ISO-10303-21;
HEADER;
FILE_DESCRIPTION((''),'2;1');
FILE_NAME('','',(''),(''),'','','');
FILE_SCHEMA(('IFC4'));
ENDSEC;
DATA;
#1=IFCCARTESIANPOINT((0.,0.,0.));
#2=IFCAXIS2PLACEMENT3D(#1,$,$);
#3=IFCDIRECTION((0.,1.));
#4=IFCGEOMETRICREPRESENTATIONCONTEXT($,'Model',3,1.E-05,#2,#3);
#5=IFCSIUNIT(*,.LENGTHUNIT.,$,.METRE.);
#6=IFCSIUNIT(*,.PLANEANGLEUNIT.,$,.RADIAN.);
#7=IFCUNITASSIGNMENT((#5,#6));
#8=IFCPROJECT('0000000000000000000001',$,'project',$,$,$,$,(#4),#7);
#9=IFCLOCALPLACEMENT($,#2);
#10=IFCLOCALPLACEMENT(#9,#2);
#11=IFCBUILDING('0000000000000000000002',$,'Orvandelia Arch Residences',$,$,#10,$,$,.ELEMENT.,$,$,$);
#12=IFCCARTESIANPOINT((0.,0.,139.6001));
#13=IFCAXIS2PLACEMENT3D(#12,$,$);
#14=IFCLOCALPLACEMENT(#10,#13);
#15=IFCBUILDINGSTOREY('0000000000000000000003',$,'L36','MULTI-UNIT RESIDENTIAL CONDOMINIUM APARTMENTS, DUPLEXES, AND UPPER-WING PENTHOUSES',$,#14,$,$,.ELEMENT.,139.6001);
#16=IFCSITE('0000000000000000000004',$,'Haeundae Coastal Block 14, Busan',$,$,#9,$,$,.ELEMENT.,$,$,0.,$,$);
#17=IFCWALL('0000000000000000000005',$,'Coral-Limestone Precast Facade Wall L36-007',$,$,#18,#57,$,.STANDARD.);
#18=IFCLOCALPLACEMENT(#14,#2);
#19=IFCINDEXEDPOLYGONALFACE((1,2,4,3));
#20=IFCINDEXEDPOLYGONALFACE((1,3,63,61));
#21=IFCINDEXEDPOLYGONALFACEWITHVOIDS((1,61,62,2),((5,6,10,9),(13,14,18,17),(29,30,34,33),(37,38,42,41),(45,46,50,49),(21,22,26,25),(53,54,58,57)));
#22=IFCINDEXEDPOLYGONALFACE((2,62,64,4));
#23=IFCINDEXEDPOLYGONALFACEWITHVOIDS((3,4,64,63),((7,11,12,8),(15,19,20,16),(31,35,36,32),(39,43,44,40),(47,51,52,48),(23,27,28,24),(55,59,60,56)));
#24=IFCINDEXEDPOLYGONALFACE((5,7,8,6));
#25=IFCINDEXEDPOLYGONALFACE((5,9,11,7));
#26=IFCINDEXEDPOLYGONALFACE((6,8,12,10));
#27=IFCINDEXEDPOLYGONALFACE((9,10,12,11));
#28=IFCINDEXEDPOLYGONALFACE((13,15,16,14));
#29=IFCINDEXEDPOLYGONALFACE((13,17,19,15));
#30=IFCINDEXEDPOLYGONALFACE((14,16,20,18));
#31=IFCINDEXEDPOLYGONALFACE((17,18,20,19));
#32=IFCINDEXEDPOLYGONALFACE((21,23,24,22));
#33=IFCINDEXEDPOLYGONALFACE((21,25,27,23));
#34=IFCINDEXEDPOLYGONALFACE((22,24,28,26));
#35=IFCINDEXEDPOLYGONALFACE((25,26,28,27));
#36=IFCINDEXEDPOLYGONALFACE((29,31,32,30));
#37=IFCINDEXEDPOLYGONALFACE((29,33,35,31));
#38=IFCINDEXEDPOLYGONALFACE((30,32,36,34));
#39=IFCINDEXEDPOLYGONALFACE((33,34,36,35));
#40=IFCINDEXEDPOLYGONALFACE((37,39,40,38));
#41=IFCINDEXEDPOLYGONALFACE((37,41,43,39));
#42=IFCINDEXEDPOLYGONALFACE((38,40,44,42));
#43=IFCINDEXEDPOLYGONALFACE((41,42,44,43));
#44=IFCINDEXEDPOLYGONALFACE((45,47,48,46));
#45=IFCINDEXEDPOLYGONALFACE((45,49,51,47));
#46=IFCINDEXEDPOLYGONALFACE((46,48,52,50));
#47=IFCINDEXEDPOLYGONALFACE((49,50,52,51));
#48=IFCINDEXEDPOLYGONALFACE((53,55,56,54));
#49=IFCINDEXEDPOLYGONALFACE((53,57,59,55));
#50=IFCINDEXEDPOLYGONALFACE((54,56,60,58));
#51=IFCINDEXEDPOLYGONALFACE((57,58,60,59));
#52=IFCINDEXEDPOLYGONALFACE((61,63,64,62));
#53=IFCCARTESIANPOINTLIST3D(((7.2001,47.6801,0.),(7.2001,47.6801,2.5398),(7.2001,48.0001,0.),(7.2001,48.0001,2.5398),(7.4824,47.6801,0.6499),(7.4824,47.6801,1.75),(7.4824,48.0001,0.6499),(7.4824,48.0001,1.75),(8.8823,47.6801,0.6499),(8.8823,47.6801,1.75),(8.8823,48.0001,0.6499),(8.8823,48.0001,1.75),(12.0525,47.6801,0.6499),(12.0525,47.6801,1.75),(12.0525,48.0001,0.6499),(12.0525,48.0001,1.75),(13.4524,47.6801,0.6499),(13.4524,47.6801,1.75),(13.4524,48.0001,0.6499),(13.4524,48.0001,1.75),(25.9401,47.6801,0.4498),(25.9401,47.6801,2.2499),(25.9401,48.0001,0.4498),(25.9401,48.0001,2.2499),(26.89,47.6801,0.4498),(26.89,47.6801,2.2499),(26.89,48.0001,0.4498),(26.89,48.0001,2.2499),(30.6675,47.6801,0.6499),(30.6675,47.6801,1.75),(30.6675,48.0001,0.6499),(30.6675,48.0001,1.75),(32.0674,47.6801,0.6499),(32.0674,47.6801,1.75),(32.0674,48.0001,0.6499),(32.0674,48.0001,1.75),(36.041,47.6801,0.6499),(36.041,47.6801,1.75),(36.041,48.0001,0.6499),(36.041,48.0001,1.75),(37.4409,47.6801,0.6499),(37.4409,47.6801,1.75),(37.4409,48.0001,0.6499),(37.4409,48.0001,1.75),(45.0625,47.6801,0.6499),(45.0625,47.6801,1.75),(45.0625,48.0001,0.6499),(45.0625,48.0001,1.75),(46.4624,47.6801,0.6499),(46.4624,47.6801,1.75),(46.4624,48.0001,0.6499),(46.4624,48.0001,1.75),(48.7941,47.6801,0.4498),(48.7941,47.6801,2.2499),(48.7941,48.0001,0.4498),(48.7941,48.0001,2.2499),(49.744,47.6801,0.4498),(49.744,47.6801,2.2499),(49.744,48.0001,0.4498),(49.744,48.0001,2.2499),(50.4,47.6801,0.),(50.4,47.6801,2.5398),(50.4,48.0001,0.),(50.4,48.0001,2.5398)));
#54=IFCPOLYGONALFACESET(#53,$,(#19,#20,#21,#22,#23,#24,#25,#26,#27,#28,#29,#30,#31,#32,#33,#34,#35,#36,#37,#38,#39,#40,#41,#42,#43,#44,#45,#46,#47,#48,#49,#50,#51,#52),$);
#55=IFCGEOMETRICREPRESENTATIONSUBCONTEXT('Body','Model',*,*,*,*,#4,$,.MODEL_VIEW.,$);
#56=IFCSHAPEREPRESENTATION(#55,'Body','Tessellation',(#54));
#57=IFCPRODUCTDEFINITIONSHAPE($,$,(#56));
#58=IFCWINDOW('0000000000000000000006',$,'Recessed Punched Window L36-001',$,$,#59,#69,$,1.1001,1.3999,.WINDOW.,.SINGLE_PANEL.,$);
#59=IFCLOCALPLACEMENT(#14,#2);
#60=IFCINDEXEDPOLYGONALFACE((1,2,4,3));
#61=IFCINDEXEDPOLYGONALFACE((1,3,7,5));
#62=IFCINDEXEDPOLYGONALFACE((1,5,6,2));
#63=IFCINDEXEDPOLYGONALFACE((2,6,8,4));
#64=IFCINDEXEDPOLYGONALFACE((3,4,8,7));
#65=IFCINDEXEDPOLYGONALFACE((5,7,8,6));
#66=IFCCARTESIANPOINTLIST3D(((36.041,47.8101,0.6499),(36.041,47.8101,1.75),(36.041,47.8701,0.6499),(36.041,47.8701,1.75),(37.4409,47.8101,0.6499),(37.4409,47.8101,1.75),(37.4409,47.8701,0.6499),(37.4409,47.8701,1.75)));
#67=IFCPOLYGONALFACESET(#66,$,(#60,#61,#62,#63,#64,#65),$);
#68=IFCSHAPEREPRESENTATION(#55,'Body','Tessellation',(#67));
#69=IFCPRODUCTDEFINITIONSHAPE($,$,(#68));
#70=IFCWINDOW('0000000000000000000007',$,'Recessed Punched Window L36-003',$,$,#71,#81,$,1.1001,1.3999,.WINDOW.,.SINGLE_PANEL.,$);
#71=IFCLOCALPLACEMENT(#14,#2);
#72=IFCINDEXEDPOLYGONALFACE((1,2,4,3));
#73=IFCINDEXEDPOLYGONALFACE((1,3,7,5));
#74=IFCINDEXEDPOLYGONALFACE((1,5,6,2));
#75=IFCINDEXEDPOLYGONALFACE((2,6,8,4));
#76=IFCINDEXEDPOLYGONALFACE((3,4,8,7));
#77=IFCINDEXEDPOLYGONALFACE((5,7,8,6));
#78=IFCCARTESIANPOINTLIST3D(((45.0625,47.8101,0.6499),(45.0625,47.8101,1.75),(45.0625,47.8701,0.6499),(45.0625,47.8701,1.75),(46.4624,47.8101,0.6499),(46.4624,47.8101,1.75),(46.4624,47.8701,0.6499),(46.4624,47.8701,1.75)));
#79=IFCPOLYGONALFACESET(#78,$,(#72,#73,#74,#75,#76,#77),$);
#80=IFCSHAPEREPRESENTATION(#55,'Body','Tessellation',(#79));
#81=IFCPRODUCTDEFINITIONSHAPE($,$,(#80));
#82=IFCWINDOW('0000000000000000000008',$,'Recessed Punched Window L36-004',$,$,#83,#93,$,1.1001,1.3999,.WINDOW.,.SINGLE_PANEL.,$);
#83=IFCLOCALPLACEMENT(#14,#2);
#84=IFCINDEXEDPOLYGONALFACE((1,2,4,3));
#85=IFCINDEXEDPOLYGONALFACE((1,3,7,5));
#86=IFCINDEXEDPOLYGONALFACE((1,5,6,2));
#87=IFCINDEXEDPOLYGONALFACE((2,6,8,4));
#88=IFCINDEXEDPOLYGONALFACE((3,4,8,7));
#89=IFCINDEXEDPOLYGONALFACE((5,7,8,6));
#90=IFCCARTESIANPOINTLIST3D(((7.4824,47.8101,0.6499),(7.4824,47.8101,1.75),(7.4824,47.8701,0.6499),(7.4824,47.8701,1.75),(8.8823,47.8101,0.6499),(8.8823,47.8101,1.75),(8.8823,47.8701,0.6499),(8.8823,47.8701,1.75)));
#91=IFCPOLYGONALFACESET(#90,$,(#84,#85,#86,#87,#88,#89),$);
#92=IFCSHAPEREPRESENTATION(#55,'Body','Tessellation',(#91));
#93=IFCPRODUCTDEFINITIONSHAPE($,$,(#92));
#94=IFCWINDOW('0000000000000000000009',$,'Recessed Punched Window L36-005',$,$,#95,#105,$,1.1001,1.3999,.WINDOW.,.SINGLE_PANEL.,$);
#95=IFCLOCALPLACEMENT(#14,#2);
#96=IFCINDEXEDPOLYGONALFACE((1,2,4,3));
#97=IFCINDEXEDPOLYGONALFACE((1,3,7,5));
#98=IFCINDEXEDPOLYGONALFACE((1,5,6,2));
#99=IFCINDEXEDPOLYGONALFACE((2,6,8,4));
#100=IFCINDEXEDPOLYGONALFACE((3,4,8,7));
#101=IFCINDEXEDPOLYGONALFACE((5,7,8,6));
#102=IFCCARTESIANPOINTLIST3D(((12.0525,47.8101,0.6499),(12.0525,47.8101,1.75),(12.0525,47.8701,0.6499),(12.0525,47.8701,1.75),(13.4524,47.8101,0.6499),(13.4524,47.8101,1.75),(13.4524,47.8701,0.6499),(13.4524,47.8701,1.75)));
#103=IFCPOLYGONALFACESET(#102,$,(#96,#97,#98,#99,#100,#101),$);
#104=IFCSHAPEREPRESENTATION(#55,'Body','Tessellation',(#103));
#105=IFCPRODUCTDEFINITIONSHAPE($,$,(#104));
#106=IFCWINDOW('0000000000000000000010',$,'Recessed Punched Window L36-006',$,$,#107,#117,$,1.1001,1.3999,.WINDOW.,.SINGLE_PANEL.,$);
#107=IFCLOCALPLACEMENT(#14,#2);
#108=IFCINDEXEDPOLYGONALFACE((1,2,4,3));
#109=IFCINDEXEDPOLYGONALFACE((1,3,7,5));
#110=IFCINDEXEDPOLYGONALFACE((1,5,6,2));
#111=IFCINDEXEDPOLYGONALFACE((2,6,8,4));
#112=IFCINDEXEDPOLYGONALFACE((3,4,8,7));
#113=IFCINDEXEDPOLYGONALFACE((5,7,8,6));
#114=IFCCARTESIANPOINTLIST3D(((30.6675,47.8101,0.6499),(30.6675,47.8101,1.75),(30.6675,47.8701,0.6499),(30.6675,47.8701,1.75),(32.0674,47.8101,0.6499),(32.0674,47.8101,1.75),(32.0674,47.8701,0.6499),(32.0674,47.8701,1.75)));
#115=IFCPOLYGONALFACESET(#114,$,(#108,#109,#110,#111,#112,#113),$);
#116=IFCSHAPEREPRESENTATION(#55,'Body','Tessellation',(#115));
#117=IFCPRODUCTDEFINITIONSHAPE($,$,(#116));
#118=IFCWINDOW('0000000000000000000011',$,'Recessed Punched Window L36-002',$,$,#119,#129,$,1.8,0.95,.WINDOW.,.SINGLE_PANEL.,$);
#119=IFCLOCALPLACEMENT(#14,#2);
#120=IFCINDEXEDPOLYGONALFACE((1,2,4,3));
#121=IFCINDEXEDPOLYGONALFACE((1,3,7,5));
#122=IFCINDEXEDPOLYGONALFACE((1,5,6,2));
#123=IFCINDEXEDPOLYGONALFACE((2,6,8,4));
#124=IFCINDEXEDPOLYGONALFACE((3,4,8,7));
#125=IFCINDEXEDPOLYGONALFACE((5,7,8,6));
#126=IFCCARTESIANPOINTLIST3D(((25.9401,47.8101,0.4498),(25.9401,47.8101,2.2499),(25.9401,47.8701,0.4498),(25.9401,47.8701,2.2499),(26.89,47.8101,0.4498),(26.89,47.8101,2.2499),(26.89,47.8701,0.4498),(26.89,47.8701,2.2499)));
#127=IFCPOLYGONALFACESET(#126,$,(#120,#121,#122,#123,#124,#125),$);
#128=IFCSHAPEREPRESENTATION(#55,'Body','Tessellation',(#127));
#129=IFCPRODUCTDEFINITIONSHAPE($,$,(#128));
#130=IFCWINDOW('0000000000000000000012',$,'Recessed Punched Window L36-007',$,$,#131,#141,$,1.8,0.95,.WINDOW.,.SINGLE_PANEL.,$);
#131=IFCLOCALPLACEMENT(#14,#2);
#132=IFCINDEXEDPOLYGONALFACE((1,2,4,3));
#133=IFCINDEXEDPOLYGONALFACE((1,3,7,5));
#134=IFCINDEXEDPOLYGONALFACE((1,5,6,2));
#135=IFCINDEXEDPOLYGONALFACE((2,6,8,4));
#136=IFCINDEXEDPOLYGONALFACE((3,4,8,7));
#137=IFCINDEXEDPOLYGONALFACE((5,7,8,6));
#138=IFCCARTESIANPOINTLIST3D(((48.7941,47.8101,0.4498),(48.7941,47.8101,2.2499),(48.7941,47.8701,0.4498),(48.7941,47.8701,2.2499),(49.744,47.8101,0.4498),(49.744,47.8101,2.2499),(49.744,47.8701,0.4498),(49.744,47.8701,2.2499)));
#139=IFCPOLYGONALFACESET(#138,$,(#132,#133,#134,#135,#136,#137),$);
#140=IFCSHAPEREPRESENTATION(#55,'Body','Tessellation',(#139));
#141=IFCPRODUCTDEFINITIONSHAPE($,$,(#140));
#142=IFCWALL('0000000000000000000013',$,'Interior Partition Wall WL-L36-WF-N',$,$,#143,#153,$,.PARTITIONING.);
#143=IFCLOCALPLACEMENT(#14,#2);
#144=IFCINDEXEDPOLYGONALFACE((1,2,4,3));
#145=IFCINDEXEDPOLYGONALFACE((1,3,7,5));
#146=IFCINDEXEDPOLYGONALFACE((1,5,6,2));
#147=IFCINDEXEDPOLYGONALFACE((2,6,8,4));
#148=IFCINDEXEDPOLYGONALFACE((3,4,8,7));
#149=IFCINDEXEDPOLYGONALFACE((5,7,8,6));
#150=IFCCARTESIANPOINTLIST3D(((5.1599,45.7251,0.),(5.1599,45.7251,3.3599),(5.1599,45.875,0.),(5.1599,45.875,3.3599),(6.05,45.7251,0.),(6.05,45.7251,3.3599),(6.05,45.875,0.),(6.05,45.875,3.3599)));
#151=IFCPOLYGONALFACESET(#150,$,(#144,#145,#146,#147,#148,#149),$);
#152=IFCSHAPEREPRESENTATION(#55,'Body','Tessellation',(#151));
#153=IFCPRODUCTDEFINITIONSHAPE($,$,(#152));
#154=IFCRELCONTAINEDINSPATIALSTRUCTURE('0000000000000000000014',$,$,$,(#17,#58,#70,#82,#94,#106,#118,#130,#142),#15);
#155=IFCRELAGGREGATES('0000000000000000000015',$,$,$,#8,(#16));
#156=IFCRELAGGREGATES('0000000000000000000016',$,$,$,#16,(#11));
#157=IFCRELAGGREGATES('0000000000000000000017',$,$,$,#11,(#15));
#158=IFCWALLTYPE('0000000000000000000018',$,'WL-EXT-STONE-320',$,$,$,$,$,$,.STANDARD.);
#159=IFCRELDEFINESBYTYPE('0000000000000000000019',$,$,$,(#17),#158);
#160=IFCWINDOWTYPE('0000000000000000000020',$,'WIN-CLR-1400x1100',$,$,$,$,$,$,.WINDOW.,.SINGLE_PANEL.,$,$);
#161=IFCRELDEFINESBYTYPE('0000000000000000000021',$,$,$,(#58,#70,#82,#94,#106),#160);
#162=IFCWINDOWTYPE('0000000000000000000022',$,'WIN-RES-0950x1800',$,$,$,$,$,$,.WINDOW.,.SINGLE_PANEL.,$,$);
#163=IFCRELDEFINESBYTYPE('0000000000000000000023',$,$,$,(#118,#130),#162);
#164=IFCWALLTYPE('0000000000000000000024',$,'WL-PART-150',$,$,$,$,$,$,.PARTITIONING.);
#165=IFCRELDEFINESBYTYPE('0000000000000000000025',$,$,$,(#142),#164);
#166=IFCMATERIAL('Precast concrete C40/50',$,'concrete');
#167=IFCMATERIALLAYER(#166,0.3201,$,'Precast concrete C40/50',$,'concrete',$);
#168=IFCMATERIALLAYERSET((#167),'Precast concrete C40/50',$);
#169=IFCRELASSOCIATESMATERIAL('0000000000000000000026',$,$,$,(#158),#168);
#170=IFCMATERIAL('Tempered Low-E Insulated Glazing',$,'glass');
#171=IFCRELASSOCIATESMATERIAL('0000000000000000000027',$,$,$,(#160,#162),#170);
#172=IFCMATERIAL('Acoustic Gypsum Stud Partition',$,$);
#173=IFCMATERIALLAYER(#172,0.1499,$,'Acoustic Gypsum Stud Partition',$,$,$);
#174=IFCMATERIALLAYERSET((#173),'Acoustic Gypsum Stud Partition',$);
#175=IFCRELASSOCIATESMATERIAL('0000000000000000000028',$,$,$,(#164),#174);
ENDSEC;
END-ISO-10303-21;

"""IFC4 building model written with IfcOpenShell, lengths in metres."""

from ifc_helpers import new_model, si_unit, direction, frame, frame_2d, origin, place, context, subcontext, project, spatial, rectangle, extrude, material, layer, layer_set, type_object, element, fill, save


model = new_model("IFC4")

# Units and contexts
model_context = context("Model", 3, precision=1e-05, world=origin(), true_north=direction((0.0, 1.0)))
body_context = subcontext(model_context, "Body", "Model", "MODEL_VIEW")
ifc_project = project(units=[si_unit("LENGTHUNIT", "METRE"), si_unit("PLANEANGLEUNIT", "RADIAN")], contexts=[model_context])

# Site, building, storey
site_placement = place(None, origin())
site = spatial("IfcSite", under=ifc_project, at=site_placement, Name="Haeundae Coastal Block 14, Busan", CompositionType="ELEMENT", RefElevation=0.0)
building_placement = place(site_placement, origin())
building = spatial("IfcBuilding", under=site, at=building_placement, Name="Orvandelia Arch Residences", CompositionType="ELEMENT")
storey_placement = place(building_placement, frame((0.0, 0.0, 139.6001)))
storey = spatial("IfcBuildingStorey", under=building, at=storey_placement, Name="L36", Description="MULTI-UNIT RESIDENTIAL CONDOMINIUM APARTMENTS, DUPLEXES, AND UPPER-WING PENTHOUSES", CompositionType="ELEMENT", Elevation=139.6001)

# Shared definitions
ifc_material_1 = material(Name="Precast concrete C40/50", Category="concrete")
ifc_layer_1 = layer(ifc_material_1, 0.3201, Name="Precast concrete C40/50", Category="concrete")
ifc_layer_set_1 = layer_set([ifc_layer_1], Name="Precast concrete C40/50")
wall_type_1 = type_object("IfcWallType", Name="WL-EXT-STONE-320", PredefinedType="STANDARD", material=ifc_layer_set_1)

# Wall, openings, windows
wall_1_placement = place(storey_placement, frame((7.2, 47.8401, 0.0), z_axis=(0.0, 0.0, 1.0), x_axis=(1.0, 0.0, 0.0)))
wall_1 = element("IfcWall", 1, at=wall_1_placement, inside=storey, type_object=wall_type_1, Name="Coral-Limestone Precast Facade Wall L36-007", PredefinedType="STANDARD", context=body_context, shape_type="SweptSolid", body=[
    extrude(rectangle(XDim=43.2, YDim=0.3201, at=frame_2d((21.6001, 0.0))), origin(), (0.0, 0.0, 1.0), 2.5398),
])
opening_1_placement = place(wall_1_placement, frame((28.8411, 0.0, 0.6499)))
opening_1 = element("IfcOpeningElement", 2, at=opening_1_placement, cuts=wall_1, PredefinedType="OPENING", context=body_context, shape_type="SweptSolid", body=[
    extrude(rectangle(XDim=1.3999, YDim=1.1001, at=frame_2d((0.7, 0.55))), frame((0.0, 0.1699, 0.0), z_axis=(0.0, -1.0, 0.0), x_axis=(1.0, 0.0, 0.0)), (0.0, 0.0, 1.0), 0.3401),
])
opening_2_placement = place(wall_1_placement, frame((18.74, 0.0, 0.45)))
opening_2 = element("IfcOpeningElement", 3, at=opening_2_placement, cuts=wall_1, PredefinedType="OPENING", context=body_context, shape_type="SweptSolid", body=[
    extrude(rectangle(XDim=0.95, YDim=1.8, at=frame_2d((0.4751, 0.8999))), frame((0.0, 0.1699, 0.0), z_axis=(0.0, -1.0, 0.0), x_axis=(1.0, 0.0, 0.0)), (0.0, 0.0, 1.0), 0.3401),
])
opening_3_placement = place(wall_1_placement, frame((37.8625, 0.0, 0.6499)))
opening_3 = element("IfcOpeningElement", 4, at=opening_3_placement, cuts=wall_1, PredefinedType="OPENING", context=body_context, shape_type="SweptSolid", body=[
    extrude(rectangle(XDim=1.3999, YDim=1.1001, at=frame_2d((0.7, 0.55))), frame((0.0, 0.1699, 0.0), z_axis=(0.0, -1.0, 0.0), x_axis=(1.0, 0.0, 0.0)), (0.0, 0.0, 1.0), 0.3401),
])
opening_4_placement = place(wall_1_placement, frame((0.2825, 0.0, 0.6499)))
opening_4 = element("IfcOpeningElement", 5, at=opening_4_placement, cuts=wall_1, PredefinedType="OPENING", context=body_context, shape_type="SweptSolid", body=[
    extrude(rectangle(XDim=1.3999, YDim=1.1001, at=frame_2d((0.7, 0.55))), frame((0.0, 0.1699, 0.0), z_axis=(0.0, -1.0, 0.0), x_axis=(1.0, 0.0, 0.0)), (0.0, 0.0, 1.0), 0.3401),
])
opening_5_placement = place(wall_1_placement, frame((4.8525, 0.0, 0.6499)))
opening_5 = element("IfcOpeningElement", 6, at=opening_5_placement, cuts=wall_1, PredefinedType="OPENING", context=body_context, shape_type="SweptSolid", body=[
    extrude(rectangle(XDim=1.3999, YDim=1.1001, at=frame_2d((0.7, 0.55))), frame((0.0, 0.1699, 0.0), z_axis=(0.0, -1.0, 0.0), x_axis=(1.0, 0.0, 0.0)), (0.0, 0.0, 1.0), 0.3401),
])
opening_6_placement = place(wall_1_placement, frame((23.4675, 0.0, 0.6499)))
opening_6 = element("IfcOpeningElement", 7, at=opening_6_placement, cuts=wall_1, PredefinedType="OPENING", context=body_context, shape_type="SweptSolid", body=[
    extrude(rectangle(XDim=1.3999, YDim=1.1001, at=frame_2d((0.7, 0.55))), frame((0.0, 0.1699, 0.0), z_axis=(0.0, -1.0, 0.0), x_axis=(1.0, 0.0, 0.0)), (0.0, 0.0, 1.0), 0.3401),
])
opening_7_placement = place(wall_1_placement, frame((41.594, 0.0, 0.45)))
opening_7 = element("IfcOpeningElement", 8, at=opening_7_placement, cuts=wall_1, PredefinedType="OPENING", context=body_context, shape_type="SweptSolid", body=[
    extrude(rectangle(XDim=0.95, YDim=1.8, at=frame_2d((0.4751, 0.8999))), frame((0.0, 0.1699, 0.0), z_axis=(0.0, -1.0, 0.0), x_axis=(1.0, 0.0, 0.0)), (0.0, 0.0, 1.0), 0.3401),
])
ifc_material_2 = material(Name="Tempered Low-E Insulated Glazing", Category="glass")
window_type_1 = type_object("IfcWindowType", Name="WIN-CLR-1400x1100", PartitioningType="SINGLE_PANEL", PredefinedType="WINDOW", material=ifc_material_2)
window_1_placement = place(opening_1_placement, origin())
window_1 = element("IfcWindow", 9, at=window_1_placement, inside=storey, type_object=window_type_1, Name="Recessed Punched Window L36-001", OverallHeight=1.1001, OverallWidth=1.3999, PartitioningType="SINGLE_PANEL", PredefinedType="WINDOW", context=body_context, shape_type="SweptSolid", body=[
    extrude(rectangle(XDim=1.3999, YDim=1.1001, at=frame_2d((0.7, 0.55))), frame((0.0, 0.03, 0.0), z_axis=(0.0, -1.0, 0.0), x_axis=(1.0, 0.0, 0.0)), (0.0, 0.0, 1.0), 0.0601),
])
fill(opening_1, window_1)
window_2_placement = place(opening_3_placement, origin())
window_2 = element("IfcWindow", 10, at=window_2_placement, inside=storey, type_object=window_type_1, Name="Recessed Punched Window L36-003", OverallHeight=1.1001, OverallWidth=1.3999, PartitioningType="SINGLE_PANEL", PredefinedType="WINDOW", context=body_context, shape_type="SweptSolid", body=[
    extrude(rectangle(XDim=1.3999, YDim=1.1001, at=frame_2d((0.7, 0.55))), frame((0.0, 0.03, 0.0), z_axis=(0.0, -1.0, 0.0), x_axis=(1.0, 0.0, 0.0)), (0.0, 0.0, 1.0), 0.0601),
])
fill(opening_3, window_2)
window_3_placement = place(opening_4_placement, origin())
window_3 = element("IfcWindow", 11, at=window_3_placement, inside=storey, type_object=window_type_1, Name="Recessed Punched Window L36-004", OverallHeight=1.1001, OverallWidth=1.3999, PartitioningType="SINGLE_PANEL", PredefinedType="WINDOW", context=body_context, shape_type="SweptSolid", body=[
    extrude(rectangle(XDim=1.3999, YDim=1.1001, at=frame_2d((0.7, 0.55))), frame((0.0, 0.03, 0.0), z_axis=(0.0, -1.0, 0.0), x_axis=(1.0, 0.0, 0.0)), (0.0, 0.0, 1.0), 0.0601),
])
fill(opening_4, window_3)
window_4_placement = place(opening_5_placement, origin())
window_4 = element("IfcWindow", 12, at=window_4_placement, inside=storey, type_object=window_type_1, Name="Recessed Punched Window L36-005", OverallHeight=1.1001, OverallWidth=1.3999, PartitioningType="SINGLE_PANEL", PredefinedType="WINDOW", context=body_context, shape_type="SweptSolid", body=[
    extrude(rectangle(XDim=1.3999, YDim=1.1001, at=frame_2d((0.7, 0.55))), frame((0.0, 0.03, 0.0), z_axis=(0.0, -1.0, 0.0), x_axis=(1.0, 0.0, 0.0)), (0.0, 0.0, 1.0), 0.0601),
])
fill(opening_5, window_4)
window_5_placement = place(opening_6_placement, origin())
window_5 = element("IfcWindow", 13, at=window_5_placement, inside=storey, type_object=window_type_1, Name="Recessed Punched Window L36-006", OverallHeight=1.1001, OverallWidth=1.3999, PartitioningType="SINGLE_PANEL", PredefinedType="WINDOW", context=body_context, shape_type="SweptSolid", body=[
    extrude(rectangle(XDim=1.3999, YDim=1.1001, at=frame_2d((0.7, 0.55))), frame((0.0, 0.03, 0.0), z_axis=(0.0, -1.0, 0.0), x_axis=(1.0, 0.0, 0.0)), (0.0, 0.0, 1.0), 0.0601),
])
fill(opening_6, window_5)
window_type_2 = type_object("IfcWindowType", Name="WIN-RES-0950x1800", PartitioningType="SINGLE_PANEL", PredefinedType="WINDOW", material=ifc_material_2)
window_6_placement = place(opening_2_placement, origin())
window_6 = element("IfcWindow", 14, at=window_6_placement, inside=storey, type_object=window_type_2, Name="Recessed Punched Window L36-002", OverallHeight=1.8, OverallWidth=0.95, PartitioningType="SINGLE_PANEL", PredefinedType="WINDOW", context=body_context, shape_type="SweptSolid", body=[
    extrude(rectangle(XDim=0.95, YDim=1.8, at=frame_2d((0.4751, 0.8999))), frame((0.0, 0.03, 0.0), z_axis=(0.0, -1.0, 0.0), x_axis=(1.0, 0.0, 0.0)), (0.0, 0.0, 1.0), 0.0601),
])
fill(opening_2, window_6)
window_7_placement = place(opening_7_placement, origin())
window_7 = element("IfcWindow", 15, at=window_7_placement, inside=storey, type_object=window_type_2, Name="Recessed Punched Window L36-007", OverallHeight=1.8, OverallWidth=0.95, PartitioningType="SINGLE_PANEL", PredefinedType="WINDOW", context=body_context, shape_type="SweptSolid", body=[
    extrude(rectangle(XDim=0.95, YDim=1.8, at=frame_2d((0.4751, 0.8999))), frame((0.0, 0.03, 0.0), z_axis=(0.0, -1.0, 0.0), x_axis=(1.0, 0.0, 0.0)), (0.0, 0.0, 1.0), 0.0601),
])
fill(opening_7, window_7)

# Wall
ifc_material_3 = material(Name="Acoustic Gypsum Stud Partition")
ifc_layer_2 = layer(ifc_material_3, 0.1499, Name="Acoustic Gypsum Stud Partition")
ifc_layer_set_2 = layer_set([ifc_layer_2], Name="Acoustic Gypsum Stud Partition")
wall_type_2 = type_object("IfcWallType", Name="WL-PART-150", PredefinedType="PARTITIONING", material=ifc_layer_set_2)
wall_2_placement = place(storey_placement, frame((5.1599, 45.8, 0.0), z_axis=(0.0, 0.0, 1.0), x_axis=(1.0, 0.0, 0.0)))
element("IfcWall", 16, at=wall_2_placement, inside=storey, type_object=wall_type_2, Name="Interior Partition Wall WL-L36-WF-N", PredefinedType="PARTITIONING", context=body_context, shape_type="SweptSolid", body=[
    extrude(rectangle(XDim=0.8901, YDim=0.1499, at=frame_2d((0.4451, 0.0))), origin(), (0.0, 0.0, 1.0), 3.3599),
])

save(model, "model.ifc")
